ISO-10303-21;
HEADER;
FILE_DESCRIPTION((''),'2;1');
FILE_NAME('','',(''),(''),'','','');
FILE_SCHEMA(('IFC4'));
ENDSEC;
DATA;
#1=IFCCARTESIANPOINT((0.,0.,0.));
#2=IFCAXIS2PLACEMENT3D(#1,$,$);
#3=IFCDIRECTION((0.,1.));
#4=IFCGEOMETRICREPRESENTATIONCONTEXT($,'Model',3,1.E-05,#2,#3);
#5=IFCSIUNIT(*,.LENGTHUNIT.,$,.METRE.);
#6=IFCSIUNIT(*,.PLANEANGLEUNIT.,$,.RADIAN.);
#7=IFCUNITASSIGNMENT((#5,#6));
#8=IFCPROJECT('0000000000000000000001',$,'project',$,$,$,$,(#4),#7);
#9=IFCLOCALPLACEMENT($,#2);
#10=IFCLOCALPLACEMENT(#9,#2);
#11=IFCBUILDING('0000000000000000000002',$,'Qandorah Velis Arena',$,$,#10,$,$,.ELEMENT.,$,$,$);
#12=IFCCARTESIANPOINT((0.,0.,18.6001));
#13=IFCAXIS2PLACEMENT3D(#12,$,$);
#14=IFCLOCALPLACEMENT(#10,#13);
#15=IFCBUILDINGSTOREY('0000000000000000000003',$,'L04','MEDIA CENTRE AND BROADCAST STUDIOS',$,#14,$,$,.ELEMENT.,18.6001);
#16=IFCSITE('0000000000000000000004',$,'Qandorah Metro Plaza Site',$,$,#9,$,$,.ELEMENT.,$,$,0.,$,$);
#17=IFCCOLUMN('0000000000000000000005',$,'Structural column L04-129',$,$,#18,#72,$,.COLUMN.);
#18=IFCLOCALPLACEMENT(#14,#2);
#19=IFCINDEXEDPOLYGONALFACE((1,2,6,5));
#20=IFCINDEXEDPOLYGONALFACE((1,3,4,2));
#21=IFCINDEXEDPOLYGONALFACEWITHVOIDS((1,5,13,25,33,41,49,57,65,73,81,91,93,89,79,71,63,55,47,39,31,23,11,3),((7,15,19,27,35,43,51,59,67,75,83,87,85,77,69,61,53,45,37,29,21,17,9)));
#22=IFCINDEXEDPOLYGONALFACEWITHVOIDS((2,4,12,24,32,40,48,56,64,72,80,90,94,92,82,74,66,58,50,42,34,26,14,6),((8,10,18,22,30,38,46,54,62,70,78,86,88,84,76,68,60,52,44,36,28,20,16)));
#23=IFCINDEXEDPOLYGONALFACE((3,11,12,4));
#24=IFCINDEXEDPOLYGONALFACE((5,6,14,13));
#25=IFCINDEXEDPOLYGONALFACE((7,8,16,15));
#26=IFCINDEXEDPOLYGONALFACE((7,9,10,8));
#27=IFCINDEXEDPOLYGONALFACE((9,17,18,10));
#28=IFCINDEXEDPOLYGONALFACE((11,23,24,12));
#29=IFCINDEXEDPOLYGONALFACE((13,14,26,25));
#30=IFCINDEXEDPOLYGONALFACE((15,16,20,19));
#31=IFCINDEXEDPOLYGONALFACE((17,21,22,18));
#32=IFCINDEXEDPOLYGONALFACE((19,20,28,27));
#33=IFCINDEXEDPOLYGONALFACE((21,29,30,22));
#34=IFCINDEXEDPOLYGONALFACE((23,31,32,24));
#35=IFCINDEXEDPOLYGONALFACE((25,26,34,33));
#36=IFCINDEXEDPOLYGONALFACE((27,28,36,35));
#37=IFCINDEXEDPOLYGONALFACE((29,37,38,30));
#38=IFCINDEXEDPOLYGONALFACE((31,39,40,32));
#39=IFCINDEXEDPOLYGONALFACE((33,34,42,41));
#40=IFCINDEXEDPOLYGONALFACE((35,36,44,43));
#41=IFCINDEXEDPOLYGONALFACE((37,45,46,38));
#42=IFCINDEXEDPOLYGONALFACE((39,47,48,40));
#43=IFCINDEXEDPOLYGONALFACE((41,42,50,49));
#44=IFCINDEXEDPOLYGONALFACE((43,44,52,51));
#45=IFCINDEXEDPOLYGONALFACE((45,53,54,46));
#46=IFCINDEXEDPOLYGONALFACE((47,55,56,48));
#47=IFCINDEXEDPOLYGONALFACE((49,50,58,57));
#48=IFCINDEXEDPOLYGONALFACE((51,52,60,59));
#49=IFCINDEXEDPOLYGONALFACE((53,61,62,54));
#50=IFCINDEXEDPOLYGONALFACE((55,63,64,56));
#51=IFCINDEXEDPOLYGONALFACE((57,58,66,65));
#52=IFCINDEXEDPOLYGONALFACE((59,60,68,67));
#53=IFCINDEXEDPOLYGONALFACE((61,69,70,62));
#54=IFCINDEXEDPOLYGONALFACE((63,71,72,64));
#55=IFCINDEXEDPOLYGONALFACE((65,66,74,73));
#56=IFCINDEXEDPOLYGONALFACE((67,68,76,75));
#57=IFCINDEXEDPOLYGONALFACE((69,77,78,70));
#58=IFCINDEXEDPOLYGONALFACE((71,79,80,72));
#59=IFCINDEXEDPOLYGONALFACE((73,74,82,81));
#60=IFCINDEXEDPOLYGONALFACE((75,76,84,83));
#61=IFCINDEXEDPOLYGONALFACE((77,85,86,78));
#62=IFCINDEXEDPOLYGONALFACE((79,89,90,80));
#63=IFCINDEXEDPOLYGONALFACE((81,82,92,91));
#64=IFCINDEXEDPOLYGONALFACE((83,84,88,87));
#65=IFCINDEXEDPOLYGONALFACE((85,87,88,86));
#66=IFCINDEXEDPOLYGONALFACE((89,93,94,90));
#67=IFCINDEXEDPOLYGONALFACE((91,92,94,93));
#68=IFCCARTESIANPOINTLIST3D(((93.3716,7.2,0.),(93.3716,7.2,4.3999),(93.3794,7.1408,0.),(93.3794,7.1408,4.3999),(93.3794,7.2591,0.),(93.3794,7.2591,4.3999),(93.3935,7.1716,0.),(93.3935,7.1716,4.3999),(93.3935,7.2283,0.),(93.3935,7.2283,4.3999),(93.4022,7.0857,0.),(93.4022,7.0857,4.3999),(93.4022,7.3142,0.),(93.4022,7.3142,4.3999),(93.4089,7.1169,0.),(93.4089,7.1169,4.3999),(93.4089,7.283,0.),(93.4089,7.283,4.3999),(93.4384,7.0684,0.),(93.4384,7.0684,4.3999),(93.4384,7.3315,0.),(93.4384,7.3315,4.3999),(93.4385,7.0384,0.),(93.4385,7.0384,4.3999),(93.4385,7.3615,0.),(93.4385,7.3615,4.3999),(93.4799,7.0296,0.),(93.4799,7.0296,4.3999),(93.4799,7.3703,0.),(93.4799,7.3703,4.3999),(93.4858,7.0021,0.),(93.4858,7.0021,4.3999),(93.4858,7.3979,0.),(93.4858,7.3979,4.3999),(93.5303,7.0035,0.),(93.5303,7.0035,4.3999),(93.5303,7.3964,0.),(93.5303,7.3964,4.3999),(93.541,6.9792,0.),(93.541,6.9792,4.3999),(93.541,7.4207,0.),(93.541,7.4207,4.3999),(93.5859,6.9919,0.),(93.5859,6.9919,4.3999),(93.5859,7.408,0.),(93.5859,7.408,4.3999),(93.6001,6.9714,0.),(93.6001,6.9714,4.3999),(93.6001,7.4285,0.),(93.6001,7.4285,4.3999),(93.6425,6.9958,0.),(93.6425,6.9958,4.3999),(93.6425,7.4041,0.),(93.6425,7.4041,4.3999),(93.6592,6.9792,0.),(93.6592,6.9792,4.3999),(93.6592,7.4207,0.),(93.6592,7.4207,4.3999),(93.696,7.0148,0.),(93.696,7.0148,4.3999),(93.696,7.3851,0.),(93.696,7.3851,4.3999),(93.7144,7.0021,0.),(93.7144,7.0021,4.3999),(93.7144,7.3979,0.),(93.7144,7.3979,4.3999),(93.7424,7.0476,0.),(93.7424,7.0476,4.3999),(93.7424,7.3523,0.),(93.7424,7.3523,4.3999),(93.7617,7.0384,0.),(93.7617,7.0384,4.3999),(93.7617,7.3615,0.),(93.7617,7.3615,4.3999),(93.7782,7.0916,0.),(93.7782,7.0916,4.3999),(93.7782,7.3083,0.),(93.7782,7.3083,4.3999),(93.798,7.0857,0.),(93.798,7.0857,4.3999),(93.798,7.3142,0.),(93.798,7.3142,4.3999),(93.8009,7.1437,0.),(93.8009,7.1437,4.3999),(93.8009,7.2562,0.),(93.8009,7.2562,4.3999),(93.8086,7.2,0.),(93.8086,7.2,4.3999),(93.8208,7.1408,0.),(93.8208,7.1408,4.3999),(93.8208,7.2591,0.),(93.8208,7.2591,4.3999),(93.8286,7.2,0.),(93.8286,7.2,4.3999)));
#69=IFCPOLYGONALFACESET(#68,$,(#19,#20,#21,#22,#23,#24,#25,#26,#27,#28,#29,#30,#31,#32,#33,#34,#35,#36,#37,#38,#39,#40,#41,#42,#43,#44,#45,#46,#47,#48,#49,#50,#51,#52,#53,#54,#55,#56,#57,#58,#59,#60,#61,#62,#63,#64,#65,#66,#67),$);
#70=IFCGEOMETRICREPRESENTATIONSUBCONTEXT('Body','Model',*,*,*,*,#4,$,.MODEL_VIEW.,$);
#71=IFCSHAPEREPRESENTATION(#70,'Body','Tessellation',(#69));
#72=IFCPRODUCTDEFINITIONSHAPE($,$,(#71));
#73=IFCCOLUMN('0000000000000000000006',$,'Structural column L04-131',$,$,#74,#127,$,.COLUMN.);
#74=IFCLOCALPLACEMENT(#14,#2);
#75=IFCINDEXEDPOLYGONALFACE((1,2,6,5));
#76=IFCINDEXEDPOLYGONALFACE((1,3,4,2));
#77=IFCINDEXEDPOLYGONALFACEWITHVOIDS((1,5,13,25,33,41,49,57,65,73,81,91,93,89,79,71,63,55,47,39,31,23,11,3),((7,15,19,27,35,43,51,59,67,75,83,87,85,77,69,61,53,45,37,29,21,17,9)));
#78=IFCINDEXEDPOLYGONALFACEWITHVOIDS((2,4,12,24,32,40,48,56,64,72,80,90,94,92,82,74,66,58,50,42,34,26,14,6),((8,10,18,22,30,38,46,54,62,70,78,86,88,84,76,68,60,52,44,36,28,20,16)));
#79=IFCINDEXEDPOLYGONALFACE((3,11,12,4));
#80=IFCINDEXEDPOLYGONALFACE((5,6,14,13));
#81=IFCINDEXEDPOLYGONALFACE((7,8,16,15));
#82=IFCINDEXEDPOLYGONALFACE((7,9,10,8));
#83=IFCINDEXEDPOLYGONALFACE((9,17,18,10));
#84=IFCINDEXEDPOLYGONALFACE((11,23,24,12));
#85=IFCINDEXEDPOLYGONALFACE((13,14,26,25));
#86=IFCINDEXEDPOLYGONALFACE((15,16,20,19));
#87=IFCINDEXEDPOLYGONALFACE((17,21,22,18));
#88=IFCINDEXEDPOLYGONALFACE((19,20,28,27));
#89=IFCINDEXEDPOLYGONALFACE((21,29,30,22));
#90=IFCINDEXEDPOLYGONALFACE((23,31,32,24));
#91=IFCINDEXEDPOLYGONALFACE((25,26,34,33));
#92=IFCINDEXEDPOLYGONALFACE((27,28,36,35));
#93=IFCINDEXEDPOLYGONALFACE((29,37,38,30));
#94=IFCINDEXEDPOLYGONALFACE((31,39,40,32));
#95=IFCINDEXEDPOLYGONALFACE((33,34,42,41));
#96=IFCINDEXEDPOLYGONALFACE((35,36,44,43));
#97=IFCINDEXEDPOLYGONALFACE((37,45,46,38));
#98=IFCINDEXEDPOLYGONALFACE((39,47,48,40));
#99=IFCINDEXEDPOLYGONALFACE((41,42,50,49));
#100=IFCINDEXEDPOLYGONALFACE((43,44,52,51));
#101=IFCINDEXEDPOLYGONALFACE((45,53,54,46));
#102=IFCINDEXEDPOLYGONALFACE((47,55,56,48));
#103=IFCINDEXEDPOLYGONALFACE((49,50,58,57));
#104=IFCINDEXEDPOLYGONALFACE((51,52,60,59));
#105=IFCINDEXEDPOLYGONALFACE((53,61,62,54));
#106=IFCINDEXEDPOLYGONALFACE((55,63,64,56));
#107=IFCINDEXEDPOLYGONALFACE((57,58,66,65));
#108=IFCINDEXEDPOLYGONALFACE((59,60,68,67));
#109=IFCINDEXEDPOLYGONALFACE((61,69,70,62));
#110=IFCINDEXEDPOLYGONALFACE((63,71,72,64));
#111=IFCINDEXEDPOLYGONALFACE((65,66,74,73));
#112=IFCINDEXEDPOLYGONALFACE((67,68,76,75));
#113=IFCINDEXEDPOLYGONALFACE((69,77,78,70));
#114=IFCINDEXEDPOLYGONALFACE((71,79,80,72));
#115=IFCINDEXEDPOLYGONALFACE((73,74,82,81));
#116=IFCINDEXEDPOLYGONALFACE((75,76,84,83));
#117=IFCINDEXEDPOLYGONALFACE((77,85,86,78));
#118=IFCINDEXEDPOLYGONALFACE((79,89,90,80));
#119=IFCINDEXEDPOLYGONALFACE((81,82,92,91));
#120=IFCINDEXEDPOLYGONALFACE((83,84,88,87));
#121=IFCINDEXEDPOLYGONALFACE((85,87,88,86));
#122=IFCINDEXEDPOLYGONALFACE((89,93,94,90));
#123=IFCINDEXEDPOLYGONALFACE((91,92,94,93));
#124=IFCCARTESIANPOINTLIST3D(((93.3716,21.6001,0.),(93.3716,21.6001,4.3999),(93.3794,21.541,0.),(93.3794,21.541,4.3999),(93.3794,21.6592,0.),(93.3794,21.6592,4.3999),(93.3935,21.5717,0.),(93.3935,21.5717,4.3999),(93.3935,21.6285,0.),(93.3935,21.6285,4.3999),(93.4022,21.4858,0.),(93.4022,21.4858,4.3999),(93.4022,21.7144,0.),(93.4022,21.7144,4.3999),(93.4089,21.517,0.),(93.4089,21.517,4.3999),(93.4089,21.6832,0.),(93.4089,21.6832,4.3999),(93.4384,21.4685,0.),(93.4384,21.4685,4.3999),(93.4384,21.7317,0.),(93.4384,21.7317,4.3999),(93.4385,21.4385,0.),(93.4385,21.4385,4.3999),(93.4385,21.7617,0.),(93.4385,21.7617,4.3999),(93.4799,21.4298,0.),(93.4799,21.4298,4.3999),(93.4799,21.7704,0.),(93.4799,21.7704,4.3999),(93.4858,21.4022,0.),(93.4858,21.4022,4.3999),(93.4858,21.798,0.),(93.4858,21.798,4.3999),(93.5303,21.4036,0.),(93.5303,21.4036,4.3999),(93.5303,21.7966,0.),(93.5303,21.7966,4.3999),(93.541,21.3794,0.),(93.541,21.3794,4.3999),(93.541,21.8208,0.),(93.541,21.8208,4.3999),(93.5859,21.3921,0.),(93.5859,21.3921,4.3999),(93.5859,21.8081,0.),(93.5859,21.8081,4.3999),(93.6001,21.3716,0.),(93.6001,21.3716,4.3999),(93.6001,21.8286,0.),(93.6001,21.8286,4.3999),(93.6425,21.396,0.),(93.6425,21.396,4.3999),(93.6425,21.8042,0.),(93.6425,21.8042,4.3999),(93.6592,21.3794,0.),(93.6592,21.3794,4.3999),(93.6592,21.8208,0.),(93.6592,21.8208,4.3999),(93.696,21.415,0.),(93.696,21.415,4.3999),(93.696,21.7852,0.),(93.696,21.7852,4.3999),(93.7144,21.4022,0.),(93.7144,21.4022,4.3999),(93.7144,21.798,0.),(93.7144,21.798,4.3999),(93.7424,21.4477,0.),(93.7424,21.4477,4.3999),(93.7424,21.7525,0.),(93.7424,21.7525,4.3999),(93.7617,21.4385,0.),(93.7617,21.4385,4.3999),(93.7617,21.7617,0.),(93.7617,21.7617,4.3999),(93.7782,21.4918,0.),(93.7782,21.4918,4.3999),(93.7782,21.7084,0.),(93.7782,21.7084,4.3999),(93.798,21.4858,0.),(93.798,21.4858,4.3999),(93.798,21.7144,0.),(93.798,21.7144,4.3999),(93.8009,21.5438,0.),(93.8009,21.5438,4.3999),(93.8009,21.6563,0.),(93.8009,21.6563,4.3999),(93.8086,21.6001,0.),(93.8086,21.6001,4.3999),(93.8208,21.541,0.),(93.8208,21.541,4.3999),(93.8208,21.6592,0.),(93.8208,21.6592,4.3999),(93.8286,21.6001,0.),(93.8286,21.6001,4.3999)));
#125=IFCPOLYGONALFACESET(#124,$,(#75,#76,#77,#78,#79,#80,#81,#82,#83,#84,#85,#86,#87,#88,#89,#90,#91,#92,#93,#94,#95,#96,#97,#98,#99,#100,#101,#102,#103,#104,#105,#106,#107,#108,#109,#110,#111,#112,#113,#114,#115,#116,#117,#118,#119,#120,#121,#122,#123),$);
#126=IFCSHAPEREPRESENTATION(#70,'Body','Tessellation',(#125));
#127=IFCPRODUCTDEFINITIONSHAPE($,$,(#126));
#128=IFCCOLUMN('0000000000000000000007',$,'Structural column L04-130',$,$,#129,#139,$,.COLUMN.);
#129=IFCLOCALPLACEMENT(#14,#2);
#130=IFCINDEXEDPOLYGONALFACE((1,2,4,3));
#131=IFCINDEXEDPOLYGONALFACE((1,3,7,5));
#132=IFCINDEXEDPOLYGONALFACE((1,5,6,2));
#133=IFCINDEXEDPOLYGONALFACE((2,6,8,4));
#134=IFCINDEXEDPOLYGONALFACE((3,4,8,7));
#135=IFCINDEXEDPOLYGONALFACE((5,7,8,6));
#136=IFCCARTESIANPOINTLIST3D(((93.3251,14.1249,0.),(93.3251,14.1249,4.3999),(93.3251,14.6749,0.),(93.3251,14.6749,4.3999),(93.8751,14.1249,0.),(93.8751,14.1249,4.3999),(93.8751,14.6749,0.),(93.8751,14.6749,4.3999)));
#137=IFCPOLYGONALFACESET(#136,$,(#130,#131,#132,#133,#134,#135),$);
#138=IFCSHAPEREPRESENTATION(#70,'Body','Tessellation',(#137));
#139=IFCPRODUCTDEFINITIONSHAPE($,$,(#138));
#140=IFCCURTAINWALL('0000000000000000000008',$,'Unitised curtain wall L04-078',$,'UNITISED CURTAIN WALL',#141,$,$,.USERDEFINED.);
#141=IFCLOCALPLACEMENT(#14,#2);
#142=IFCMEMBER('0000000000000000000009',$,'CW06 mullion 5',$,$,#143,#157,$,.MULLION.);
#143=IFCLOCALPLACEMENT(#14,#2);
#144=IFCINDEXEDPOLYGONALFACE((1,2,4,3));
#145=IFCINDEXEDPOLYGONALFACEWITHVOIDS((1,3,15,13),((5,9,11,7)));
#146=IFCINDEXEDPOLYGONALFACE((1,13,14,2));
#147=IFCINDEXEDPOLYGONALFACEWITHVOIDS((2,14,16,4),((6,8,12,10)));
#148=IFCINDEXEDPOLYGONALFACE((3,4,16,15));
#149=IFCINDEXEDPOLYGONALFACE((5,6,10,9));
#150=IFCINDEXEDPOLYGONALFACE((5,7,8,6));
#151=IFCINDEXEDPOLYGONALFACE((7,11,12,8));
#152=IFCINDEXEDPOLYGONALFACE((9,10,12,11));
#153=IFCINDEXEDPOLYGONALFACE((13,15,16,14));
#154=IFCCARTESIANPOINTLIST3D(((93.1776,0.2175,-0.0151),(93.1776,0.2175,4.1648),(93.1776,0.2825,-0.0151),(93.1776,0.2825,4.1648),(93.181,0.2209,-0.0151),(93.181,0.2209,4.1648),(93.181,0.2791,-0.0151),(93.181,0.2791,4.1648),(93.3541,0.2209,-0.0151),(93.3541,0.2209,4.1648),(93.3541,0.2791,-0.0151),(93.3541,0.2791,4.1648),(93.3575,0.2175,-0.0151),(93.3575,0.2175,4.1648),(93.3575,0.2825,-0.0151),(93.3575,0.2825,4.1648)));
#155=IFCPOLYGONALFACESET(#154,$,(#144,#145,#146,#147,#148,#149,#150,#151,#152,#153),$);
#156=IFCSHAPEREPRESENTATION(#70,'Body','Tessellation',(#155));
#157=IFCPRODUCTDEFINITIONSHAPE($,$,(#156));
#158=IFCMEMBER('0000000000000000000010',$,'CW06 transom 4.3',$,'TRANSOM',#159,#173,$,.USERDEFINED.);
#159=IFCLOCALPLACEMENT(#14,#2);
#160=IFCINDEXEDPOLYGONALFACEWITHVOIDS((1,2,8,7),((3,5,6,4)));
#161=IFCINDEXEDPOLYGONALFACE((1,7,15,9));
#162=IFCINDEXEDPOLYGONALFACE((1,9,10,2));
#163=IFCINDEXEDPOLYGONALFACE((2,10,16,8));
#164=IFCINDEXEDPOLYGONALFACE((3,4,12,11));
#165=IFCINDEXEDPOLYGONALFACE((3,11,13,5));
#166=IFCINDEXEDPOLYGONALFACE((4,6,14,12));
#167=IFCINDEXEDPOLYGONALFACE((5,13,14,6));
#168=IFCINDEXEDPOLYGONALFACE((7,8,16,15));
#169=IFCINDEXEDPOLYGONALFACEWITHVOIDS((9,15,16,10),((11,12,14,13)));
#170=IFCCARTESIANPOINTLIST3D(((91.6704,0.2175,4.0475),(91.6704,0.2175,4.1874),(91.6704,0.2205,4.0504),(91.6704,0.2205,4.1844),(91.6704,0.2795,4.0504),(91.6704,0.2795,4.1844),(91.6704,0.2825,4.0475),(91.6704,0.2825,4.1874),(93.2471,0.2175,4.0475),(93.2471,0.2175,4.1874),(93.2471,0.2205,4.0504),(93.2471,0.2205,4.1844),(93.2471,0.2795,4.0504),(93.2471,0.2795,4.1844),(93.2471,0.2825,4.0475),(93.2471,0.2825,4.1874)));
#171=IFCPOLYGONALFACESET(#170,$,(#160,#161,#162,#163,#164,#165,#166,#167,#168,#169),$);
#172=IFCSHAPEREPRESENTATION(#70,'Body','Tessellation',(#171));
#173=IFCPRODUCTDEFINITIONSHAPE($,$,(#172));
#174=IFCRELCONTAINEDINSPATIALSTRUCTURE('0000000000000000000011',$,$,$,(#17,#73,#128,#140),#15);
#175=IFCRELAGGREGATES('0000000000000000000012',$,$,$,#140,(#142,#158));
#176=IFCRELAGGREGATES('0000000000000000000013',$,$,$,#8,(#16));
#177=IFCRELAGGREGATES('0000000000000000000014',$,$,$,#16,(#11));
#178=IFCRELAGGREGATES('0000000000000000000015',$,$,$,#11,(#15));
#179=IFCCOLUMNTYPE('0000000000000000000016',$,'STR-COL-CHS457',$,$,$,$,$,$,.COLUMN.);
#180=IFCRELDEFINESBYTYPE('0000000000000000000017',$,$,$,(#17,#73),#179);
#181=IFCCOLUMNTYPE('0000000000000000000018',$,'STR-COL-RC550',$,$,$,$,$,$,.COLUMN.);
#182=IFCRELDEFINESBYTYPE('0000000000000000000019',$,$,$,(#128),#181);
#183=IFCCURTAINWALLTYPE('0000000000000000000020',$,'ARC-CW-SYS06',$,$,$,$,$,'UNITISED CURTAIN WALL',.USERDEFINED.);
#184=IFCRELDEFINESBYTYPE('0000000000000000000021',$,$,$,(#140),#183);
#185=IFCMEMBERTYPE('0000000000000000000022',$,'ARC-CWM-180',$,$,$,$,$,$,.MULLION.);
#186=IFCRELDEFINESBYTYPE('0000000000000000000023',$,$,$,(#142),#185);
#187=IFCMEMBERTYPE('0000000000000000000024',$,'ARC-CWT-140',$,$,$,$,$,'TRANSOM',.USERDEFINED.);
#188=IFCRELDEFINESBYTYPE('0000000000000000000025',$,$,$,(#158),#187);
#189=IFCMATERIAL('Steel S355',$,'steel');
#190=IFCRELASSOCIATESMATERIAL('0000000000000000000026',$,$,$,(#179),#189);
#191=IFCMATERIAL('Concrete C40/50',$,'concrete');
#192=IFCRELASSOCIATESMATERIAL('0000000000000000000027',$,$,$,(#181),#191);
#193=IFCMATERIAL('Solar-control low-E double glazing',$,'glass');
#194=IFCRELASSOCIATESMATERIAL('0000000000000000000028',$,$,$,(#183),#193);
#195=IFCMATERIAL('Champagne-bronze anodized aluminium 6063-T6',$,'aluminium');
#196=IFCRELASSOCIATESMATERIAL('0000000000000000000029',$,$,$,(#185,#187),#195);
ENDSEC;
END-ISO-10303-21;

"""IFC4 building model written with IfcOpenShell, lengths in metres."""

from ifc_helpers import new_model, si_unit, direction, frame, origin, origin_2d, place, context, subcontext, project, spatial, rectangle, hollow_rectangle, hollow_circle, extrude, material, material_profile, profile_set, type_object, element, aggregate, save


model = new_model("IFC4")

# Units and contexts
model_context = context("Model", 3, precision=1e-05, world=origin(), true_north=direction((0.0, 1.0)))
body_context = subcontext(model_context, "Body", "Model", "MODEL_VIEW")
ifc_project = project(units=[si_unit("LENGTHUNIT", "METRE"), si_unit("PLANEANGLEUNIT", "RADIAN")], contexts=[model_context])

# Site, building, storey
site_placement = place(None, origin())
site = spatial("IfcSite", under=ifc_project, at=site_placement, Name="Qandorah Metro Plaza Site", CompositionType="ELEMENT", RefElevation=0.0)
building_placement = place(site_placement, origin())
building = spatial("IfcBuilding", under=site, at=building_placement, Name="Qandorah Velis Arena", CompositionType="ELEMENT")
storey_placement = place(building_placement, frame((0.0, 0.0, 18.6001)))
storey = spatial("IfcBuildingStorey", under=building, at=storey_placement, Name="L04", Description="MEDIA CENTRE AND BROADCAST STUDIOS", CompositionType="ELEMENT", Elevation=18.6001)

# Columns
ifc_material_1 = material(Name="Steel S355", Category="steel")
ifc_material_profile_1 = material_profile(ifc_material_1, hollow_circle(Radius=0.2285, WallThickness=0.02, at=origin_2d()), Name="CHS 457x20")
ifc_profile_set_1 = profile_set([ifc_material_profile_1], Name="Steel S355")
column_type_1 = type_object("IfcColumnType", Name="STR-COL-CHS457", PredefinedType="COLUMN", material=ifc_profile_set_1)
for number, where, z_axis, x_axis, name in (
    (1, (93.6001, 7.2, 0.0), (0.0, 0.0, 1.0), (1.0, 0.0, 0.0), "Structural column L04-129"),
    (2, (93.6001, 21.6001, 0.0), (0.0, 0.0, 1.0), (1.0, 0.0, 0.0), "Structural column L04-131"),
):
    element("IfcColumn", number, at=place(storey_placement, frame(where, z_axis=z_axis, x_axis=x_axis)), inside=storey, type_object=column_type_1, Name=name, PredefinedType="COLUMN", context=body_context, shape_type="SweptSolid", body=[
        extrude(hollow_circle(Radius=0.2285, WallThickness=0.02, at=origin_2d()), origin(), (0.0, 0.0, 1.0), 4.3999),
    ])
ifc_material_2 = material(Name="Concrete C40/50", Category="concrete")
ifc_material_profile_2 = material_profile(ifc_material_2, rectangle(XDim=0.55, YDim=0.55, at=origin_2d()), Name="RC COL 550x550")
ifc_profile_set_2 = profile_set([ifc_material_profile_2], Name="Concrete C40/50")
column_type_2 = type_object("IfcColumnType", Name="STR-COL-RC550", PredefinedType="COLUMN", material=ifc_profile_set_2)
column_placement = place(storey_placement, frame((93.6001, 14.3999, 0.0), z_axis=(0.0, 0.0, 1.0), x_axis=(1.0, 0.0, 0.0)))
element("IfcColumn", 3, at=column_placement, inside=storey, type_object=column_type_2, Name="Structural column L04-130", PredefinedType="COLUMN", context=body_context, shape_type="SweptSolid", body=[
    extrude(rectangle(XDim=0.55, YDim=0.55, at=origin_2d()), origin(), (0.0, 0.0, 1.0), 4.3999),
])

# Curtain wall, members
ifc_material_3 = material(Name="Solar-control low-E double glazing", Category="glass")
curtain_wall_type = type_object("IfcCurtainWallType", Name="ARC-CW-SYS06", ElementType="UNITISED CURTAIN WALL", PredefinedType="USERDEFINED", material=ifc_material_3)
curtain_wall_placement = place(storey_placement, origin())
curtain_wall = element("IfcCurtainWall", 4, at=curtain_wall_placement, inside=storey, type_object=curtain_wall_type, Name="Unitised curtain wall L04-078", ObjectType="UNITISED CURTAIN WALL", PredefinedType="USERDEFINED")
ifc_material_4 = material(Name="Champagne-bronze anodized aluminium 6063-T6", Category="aluminium")
ifc_material_profile_3 = material_profile(ifc_material_4, hollow_rectangle(XDim=0.0649, YDim=0.1799, WallThickness=0.0034, at=origin_2d()), Name="ALU MULLION 65x180")
ifc_profile_set_3 = profile_set([ifc_material_profile_3], Name="Champagne-bronze anodized aluminium 6063-T6")
member_type_1 = type_object("IfcMemberType", Name="ARC-CWM-180", PredefinedType="MULLION", material=ifc_profile_set_3)
member_1_placement = place(storey_placement, frame((93.2676, 0.25, -0.0151), z_axis=(0.0, 0.0, 1.0), x_axis=(0.0, 1.0, 0.0)))
member_1 = element("IfcMember", 5, at=member_1_placement, type_object=member_type_1, Name="CW06 mullion 5", PredefinedType="MULLION", context=body_context, shape_type="SweptSolid", body=[
    extrude(hollow_rectangle(XDim=0.0649, YDim=0.1799, WallThickness=0.0034, at=origin_2d()), origin(), (0.0, 0.0, 1.0), 4.1799),
])
ifc_material_profile_4 = material_profile(ifc_material_4, hollow_rectangle(XDim=0.0649, YDim=0.1399, WallThickness=0.0029, at=origin_2d()), Name="ALU TRANSOM 65x140")
ifc_profile_set_4 = profile_set([ifc_material_profile_4], Name="Champagne-bronze anodized aluminium 6063-T6")
member_type_2 = type_object("IfcMemberType", Name="ARC-CWT-140", ElementType="TRANSOM", PredefinedType="USERDEFINED", material=ifc_profile_set_4)
member_2_placement = place(storey_placement, frame((91.6704, 0.25, 4.1174), z_axis=(1.0, 0.0, 0.0), x_axis=(0.0, 1.0, 0.0)))
member_2 = element("IfcMember", 6, at=member_2_placement, type_object=member_type_2, Name="CW06 transom 4.3", ObjectType="TRANSOM", PredefinedType="USERDEFINED", context=body_context, shape_type="SweptSolid", body=[
    extrude(hollow_rectangle(XDim=0.0649, YDim=0.1399, WallThickness=0.0029, at=origin_2d()), origin(), (0.0, 0.0, 1.0), 1.5767),
])

aggregate(curtain_wall, [member_1, member_2])

save(model, "model.ifc")
